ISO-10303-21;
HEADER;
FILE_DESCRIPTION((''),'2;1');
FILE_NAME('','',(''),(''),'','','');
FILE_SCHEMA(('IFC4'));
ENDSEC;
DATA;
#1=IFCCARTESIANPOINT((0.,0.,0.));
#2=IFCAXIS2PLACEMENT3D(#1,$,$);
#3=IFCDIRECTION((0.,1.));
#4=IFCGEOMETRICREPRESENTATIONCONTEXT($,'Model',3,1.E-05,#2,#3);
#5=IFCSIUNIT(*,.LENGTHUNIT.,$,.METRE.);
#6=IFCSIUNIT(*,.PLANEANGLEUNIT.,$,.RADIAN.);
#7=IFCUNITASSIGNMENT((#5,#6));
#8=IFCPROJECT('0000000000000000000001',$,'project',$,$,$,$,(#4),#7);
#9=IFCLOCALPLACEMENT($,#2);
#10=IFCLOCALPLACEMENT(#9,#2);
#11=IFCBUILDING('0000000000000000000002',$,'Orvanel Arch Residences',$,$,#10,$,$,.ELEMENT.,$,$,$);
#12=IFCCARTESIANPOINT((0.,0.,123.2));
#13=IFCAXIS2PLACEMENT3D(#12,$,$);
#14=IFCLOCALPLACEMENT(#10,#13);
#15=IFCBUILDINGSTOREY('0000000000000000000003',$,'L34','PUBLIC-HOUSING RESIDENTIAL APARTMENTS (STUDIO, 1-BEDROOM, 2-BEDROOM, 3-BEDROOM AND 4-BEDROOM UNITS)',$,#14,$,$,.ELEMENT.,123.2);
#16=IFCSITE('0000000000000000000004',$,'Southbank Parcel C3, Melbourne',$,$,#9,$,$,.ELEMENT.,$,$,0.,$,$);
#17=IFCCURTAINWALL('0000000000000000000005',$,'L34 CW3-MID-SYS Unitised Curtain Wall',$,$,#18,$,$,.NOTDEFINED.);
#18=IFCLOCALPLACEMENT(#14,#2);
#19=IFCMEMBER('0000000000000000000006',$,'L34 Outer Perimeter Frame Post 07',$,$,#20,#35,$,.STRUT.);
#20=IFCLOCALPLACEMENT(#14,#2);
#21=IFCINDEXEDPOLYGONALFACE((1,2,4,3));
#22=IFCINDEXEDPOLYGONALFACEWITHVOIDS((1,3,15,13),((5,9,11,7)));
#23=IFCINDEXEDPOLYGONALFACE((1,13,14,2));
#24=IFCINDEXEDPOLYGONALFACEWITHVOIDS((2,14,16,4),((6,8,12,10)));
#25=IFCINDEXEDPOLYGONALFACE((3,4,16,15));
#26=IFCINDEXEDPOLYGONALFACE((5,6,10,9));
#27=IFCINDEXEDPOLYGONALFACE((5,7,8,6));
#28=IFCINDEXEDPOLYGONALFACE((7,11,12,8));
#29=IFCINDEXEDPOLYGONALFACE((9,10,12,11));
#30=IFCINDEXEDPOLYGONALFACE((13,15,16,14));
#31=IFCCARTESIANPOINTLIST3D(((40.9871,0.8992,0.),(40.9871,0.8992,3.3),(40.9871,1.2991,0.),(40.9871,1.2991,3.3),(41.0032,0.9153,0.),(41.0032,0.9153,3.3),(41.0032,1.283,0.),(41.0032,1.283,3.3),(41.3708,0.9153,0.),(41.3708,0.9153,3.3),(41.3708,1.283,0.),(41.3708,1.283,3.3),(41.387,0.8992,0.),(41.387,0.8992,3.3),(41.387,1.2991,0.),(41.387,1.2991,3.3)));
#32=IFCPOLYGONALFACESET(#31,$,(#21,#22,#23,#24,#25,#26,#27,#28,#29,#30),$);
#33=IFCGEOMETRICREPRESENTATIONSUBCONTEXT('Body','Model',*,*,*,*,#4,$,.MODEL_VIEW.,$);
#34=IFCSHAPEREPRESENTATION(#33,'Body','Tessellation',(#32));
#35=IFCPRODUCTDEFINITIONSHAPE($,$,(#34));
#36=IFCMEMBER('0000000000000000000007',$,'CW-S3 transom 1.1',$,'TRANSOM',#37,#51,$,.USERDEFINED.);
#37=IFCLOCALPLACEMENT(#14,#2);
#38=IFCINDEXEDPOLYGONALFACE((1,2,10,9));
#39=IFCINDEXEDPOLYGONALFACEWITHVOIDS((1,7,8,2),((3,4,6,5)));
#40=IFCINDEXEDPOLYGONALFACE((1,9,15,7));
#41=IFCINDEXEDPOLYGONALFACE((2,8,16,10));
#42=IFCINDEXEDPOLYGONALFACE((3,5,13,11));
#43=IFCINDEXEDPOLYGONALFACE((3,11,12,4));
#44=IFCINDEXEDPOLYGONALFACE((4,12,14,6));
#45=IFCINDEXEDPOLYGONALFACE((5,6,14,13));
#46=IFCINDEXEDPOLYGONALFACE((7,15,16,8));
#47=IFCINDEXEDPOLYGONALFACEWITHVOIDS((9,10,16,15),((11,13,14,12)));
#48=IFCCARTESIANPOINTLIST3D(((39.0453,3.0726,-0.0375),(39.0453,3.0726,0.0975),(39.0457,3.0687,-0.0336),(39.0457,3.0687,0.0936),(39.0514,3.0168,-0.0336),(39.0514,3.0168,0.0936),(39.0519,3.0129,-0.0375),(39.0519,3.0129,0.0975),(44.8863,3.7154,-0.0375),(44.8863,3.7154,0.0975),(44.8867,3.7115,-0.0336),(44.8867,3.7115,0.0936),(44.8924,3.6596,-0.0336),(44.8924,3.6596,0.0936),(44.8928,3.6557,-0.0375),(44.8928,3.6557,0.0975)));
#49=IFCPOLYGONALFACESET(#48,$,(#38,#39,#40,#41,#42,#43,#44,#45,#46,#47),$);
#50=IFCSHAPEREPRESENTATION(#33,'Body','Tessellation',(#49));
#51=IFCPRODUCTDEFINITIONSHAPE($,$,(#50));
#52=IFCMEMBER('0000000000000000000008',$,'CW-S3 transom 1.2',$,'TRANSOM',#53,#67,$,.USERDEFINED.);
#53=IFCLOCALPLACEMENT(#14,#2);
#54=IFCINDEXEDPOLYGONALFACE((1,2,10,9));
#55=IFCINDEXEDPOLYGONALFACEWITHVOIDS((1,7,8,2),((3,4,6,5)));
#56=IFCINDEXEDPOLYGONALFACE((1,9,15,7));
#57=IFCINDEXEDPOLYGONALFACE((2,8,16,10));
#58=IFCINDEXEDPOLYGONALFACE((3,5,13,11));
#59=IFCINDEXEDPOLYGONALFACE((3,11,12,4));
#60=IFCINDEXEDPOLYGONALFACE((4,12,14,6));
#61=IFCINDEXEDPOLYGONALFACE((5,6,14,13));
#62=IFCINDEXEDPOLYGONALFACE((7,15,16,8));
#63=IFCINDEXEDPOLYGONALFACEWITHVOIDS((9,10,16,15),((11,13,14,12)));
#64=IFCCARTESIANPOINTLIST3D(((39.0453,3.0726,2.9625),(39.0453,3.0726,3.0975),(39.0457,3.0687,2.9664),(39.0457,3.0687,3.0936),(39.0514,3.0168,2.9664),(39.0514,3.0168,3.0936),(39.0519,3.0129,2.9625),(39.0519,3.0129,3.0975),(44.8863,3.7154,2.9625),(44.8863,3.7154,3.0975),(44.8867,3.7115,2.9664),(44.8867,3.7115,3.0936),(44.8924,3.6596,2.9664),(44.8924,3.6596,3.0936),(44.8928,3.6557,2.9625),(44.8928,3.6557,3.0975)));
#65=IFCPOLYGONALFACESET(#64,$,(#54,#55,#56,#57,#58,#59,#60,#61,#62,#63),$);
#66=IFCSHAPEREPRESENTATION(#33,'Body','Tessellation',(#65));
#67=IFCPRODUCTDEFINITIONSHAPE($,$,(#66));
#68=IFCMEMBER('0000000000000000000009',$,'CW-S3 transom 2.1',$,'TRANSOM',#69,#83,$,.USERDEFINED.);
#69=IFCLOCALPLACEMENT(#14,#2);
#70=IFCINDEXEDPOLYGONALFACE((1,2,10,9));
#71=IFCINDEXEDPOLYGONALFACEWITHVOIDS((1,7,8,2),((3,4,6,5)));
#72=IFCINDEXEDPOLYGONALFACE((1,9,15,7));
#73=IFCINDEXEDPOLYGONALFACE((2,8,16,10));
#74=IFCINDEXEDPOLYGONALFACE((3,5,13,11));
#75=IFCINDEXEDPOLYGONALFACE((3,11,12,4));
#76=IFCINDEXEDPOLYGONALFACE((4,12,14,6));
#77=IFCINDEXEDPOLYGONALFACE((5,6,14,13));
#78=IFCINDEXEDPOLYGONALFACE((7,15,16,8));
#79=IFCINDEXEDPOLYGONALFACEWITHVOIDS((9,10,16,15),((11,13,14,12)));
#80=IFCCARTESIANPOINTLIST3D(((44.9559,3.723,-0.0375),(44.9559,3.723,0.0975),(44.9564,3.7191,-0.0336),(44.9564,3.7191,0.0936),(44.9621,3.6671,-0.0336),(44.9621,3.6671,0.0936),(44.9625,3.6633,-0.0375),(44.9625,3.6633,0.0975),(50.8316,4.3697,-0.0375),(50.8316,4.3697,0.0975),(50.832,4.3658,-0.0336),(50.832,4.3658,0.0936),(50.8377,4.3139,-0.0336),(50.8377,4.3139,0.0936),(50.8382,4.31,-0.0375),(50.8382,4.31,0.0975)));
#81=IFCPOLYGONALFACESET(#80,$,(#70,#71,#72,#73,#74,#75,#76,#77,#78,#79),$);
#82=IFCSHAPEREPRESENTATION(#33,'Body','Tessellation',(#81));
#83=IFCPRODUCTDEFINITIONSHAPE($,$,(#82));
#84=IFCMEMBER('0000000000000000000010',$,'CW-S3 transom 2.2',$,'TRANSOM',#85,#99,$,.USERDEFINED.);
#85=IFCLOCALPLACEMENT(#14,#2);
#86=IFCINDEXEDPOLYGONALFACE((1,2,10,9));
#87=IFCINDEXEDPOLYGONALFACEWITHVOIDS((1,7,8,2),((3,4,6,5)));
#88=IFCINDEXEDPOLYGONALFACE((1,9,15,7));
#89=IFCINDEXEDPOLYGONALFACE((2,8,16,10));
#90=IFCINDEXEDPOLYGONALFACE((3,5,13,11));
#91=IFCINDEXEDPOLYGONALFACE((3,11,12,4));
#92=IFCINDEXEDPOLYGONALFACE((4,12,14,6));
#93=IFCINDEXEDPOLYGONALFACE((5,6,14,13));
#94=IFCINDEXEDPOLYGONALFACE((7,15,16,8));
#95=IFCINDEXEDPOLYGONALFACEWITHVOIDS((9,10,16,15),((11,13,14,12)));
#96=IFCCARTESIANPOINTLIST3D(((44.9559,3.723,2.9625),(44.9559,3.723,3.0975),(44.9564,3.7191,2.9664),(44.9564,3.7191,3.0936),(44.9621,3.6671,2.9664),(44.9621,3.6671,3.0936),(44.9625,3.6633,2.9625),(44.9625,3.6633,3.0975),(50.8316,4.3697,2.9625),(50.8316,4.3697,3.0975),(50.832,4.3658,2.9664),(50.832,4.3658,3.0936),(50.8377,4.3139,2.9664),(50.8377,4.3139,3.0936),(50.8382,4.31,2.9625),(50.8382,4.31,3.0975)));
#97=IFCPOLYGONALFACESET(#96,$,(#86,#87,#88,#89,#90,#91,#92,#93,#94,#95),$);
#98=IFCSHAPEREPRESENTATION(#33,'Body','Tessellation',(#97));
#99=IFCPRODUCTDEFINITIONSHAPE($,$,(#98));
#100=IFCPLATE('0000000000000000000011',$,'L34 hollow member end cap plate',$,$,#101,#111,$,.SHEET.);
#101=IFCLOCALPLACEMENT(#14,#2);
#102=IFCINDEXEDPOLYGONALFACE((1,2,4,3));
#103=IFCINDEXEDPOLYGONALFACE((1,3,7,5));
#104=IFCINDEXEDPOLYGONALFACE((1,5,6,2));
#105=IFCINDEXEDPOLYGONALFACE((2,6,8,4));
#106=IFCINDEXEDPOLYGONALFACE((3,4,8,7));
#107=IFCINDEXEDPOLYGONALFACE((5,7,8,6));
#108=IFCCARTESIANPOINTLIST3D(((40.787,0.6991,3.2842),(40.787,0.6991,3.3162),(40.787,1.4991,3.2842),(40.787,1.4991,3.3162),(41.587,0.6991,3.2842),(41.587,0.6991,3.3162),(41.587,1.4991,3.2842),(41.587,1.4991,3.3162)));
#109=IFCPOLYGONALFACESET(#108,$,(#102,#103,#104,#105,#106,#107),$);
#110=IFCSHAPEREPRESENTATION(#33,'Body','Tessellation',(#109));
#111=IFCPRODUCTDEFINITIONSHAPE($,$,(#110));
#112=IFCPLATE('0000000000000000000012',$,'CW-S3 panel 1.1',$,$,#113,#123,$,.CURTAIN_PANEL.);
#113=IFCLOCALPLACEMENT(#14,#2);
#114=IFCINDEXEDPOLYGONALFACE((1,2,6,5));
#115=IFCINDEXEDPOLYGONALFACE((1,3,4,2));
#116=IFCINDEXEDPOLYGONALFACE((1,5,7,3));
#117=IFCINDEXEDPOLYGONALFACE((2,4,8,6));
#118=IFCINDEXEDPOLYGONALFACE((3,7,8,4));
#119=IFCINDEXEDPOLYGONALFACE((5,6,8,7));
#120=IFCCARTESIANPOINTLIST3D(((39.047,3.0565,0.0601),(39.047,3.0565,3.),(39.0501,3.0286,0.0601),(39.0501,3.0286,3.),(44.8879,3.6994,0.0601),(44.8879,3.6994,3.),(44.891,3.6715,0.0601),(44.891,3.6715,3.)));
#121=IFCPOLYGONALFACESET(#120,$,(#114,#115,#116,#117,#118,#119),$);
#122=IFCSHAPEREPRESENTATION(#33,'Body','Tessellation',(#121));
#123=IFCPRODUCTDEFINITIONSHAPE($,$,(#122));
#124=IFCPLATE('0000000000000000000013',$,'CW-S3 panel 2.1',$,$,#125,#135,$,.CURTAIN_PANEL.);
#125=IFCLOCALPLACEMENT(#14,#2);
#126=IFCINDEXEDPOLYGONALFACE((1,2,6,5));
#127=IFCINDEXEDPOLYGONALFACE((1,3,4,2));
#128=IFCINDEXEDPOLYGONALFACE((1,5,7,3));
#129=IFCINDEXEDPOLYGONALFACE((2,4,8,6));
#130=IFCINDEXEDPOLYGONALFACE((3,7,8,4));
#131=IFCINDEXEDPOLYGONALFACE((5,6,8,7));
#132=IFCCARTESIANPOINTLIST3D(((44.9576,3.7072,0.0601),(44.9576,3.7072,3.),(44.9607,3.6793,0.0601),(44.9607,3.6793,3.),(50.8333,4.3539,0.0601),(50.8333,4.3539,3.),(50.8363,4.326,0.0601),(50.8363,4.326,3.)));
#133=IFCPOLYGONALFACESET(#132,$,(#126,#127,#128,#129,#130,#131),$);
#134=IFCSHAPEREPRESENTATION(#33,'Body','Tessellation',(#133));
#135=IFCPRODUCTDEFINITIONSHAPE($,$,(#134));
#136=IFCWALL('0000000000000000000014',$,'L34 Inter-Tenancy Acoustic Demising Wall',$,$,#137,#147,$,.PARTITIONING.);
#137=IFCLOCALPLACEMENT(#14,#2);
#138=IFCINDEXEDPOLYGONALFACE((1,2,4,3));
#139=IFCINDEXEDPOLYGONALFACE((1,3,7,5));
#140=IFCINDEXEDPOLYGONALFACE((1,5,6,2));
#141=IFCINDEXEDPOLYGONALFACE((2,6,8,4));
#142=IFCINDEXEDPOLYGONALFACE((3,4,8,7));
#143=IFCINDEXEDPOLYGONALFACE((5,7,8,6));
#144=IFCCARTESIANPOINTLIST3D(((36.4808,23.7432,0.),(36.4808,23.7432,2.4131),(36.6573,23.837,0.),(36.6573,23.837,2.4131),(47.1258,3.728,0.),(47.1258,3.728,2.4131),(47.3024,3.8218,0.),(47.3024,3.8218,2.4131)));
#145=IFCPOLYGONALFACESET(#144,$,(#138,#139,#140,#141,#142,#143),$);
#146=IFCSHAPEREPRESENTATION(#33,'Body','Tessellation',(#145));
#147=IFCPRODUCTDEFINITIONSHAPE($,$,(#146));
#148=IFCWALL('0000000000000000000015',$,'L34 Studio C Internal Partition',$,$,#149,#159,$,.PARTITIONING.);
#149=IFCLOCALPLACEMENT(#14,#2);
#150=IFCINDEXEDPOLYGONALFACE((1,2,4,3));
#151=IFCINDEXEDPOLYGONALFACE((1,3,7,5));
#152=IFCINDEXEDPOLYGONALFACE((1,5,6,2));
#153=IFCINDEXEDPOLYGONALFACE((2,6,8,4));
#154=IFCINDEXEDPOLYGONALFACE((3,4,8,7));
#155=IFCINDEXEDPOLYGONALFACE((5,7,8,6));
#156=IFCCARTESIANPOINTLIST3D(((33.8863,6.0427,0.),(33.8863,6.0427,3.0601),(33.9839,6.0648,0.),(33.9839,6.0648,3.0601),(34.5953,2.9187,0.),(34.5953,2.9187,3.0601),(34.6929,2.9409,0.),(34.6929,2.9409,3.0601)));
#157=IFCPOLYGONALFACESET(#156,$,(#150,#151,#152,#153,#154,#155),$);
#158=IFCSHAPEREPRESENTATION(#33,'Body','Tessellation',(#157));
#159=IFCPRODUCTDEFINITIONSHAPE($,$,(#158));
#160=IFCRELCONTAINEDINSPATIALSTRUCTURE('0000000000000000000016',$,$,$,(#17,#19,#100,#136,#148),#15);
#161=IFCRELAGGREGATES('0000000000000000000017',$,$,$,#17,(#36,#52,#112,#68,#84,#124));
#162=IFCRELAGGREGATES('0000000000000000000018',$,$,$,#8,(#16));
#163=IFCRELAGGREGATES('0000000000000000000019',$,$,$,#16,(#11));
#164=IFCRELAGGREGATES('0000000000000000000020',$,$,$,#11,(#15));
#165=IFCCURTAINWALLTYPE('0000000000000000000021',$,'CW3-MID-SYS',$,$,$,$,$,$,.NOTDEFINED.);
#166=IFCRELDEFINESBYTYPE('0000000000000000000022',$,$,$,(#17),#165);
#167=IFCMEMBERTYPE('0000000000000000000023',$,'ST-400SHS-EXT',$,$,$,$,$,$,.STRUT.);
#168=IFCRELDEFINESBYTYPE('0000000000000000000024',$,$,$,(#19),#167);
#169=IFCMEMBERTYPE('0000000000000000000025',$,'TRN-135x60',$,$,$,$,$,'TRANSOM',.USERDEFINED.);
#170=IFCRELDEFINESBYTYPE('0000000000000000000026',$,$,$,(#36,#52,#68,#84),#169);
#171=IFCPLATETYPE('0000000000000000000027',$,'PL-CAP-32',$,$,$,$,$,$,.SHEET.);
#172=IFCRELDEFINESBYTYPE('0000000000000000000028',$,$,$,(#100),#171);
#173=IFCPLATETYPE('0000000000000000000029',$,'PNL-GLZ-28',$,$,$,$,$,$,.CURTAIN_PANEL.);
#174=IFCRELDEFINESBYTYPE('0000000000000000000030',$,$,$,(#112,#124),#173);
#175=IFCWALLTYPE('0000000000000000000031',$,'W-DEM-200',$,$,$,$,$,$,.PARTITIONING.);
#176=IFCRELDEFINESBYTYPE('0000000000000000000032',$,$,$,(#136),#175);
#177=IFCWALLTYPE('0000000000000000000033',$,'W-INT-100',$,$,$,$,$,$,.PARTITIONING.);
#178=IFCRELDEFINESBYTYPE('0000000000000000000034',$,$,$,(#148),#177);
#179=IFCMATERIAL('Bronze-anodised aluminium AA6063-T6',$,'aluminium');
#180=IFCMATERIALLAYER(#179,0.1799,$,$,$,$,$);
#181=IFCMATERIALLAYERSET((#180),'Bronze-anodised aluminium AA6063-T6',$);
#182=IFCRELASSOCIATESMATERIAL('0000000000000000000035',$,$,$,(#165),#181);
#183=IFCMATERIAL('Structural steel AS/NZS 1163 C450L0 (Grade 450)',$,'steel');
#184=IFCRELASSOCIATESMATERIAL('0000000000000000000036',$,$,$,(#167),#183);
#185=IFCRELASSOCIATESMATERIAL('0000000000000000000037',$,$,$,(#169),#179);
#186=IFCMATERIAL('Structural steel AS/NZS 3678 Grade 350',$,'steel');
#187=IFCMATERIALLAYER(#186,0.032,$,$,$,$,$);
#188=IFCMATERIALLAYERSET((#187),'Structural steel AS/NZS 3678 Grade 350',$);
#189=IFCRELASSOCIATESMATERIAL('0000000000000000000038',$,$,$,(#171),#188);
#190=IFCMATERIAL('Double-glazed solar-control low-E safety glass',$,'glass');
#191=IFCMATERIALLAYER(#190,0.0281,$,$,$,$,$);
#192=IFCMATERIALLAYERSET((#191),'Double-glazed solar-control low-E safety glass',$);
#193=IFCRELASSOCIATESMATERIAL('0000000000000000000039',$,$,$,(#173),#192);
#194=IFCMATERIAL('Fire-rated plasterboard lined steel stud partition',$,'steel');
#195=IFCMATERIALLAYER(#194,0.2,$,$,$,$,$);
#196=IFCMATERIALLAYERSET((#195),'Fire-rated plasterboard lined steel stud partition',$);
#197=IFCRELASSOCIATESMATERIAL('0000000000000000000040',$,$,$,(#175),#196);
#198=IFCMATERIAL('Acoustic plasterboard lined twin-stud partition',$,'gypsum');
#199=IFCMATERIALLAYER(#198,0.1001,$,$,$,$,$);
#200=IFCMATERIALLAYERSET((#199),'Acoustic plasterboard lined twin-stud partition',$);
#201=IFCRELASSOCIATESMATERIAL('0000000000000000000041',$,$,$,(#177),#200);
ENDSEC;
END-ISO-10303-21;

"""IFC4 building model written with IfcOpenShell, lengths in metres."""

from ifc_helpers import new_model, si_unit, direction, frame, frame_2d, origin, origin_2d, place, context, subcontext, project, spatial, rectangle, hollow_rectangle, extrude, material, layer, layer_set, material_profile, profile_set, type_object, element, aggregate, save


model = new_model("IFC4")

# Units and contexts
model_context = context("Model", 3, precision=1e-05, world=origin(), true_north=direction((0.0, 1.0)))
body_context = subcontext(model_context, "Body", "Model", "MODEL_VIEW")
ifc_project = project(units=[si_unit("LENGTHUNIT", "METRE"), si_unit("PLANEANGLEUNIT", "RADIAN")], contexts=[model_context])

# Site, building, storey
site_placement = place(None, origin())
site = spatial("IfcSite", under=ifc_project, at=site_placement, Name="Southbank Parcel C3, Melbourne", CompositionType="ELEMENT", RefElevation=0.0)
building_placement = place(site_placement, origin())
building = spatial("IfcBuilding", under=site, at=building_placement, Name="Orvanel Arch Residences", CompositionType="ELEMENT")
storey_placement = place(building_placement, frame((0.0, 0.0, 123.2)))
storey = spatial("IfcBuildingStorey", under=building, at=storey_placement, Name="L34", Description="PUBLIC-HOUSING RESIDENTIAL APARTMENTS (STUDIO, 1-BEDROOM, 2-BEDROOM, 3-BEDROOM AND 4-BEDROOM UNITS)", CompositionType="ELEMENT", Elevation=123.2)

# Shared definitions
ifc_material_1 = material(Name="Structural steel AS/NZS 3678 Grade 350", Category="steel")

# Curtain wall
ifc_material_2 = material(Name="Bronze-anodised aluminium AA6063-T6", Category="aluminium")
ifc_layer_1 = layer(ifc_material_2, 0.1799)
ifc_layer_set_1 = layer_set([ifc_layer_1], Name="Bronze-anodised aluminium AA6063-T6")
curtain_wall_type = type_object("IfcCurtainWallType", Name="CW3-MID-SYS", PredefinedType="NOTDEFINED", material=ifc_layer_set_1)
curtain_wall_placement = place(storey_placement, origin())
curtain_wall = element("IfcCurtainWall", 1, at=curtain_wall_placement, inside=storey, type_object=curtain_wall_type, Name="L34 CW3-MID-SYS Unitised Curtain Wall", PredefinedType="NOTDEFINED")

# Members
ifc_material_3 = material(Name="Structural steel AS/NZS 1163 C450L0 (Grade 450)", Category="steel")
ifc_material_profile_1 = material_profile(ifc_material_3, hollow_rectangle(XDim=0.3999, YDim=0.3999, WallThickness=0.0161, at=origin_2d()), Name="SHS400x400x16")
ifc_profile_set_1 = profile_set([ifc_material_profile_1], Name="Structural steel AS/NZS 1163 C450L0 (Grade 450)")
member_type_1 = type_object("IfcMemberType", Name="ST-400SHS-EXT", PredefinedType="STRUT", material=ifc_profile_set_1)
member_1_placement = place(storey_placement, frame((41.187, 1.0991, 0.0), z_axis=(0.0, 0.0, 1.0), x_axis=(1.0, 0.0, 0.0)))
element("IfcMember", 2, at=member_1_placement, inside=storey, type_object=member_type_1, Name="L34 Outer Perimeter Frame Post 07", PredefinedType="STRUT", context=body_context, shape_type="SweptSolid", body=[
    extrude(hollow_rectangle(XDim=0.3999, YDim=0.3999, WallThickness=0.0161, at=origin_2d()), origin(), (0.0, 0.0, 1.0), 3.3),
])
ifc_material_profile_2 = material_profile(ifc_material_2, hollow_rectangle(XDim=0.0601, YDim=0.135, WallThickness=0.0039, at=origin_2d()), Name="ALU135x60x4")
ifc_profile_set_2 = profile_set([ifc_material_profile_2], Name="Bronze-anodised aluminium AA6063-T6")
member_type_2 = type_object("IfcMemberType", Name="TRN-135x60", ElementType="TRANSOM", PredefinedType="USERDEFINED", material=ifc_profile_set_2)
member_2_placement = place(storey_placement, frame((39.0486, 3.0427, 0.03), z_axis=(0.993999, 0.109392, 0.0), x_axis=(-0.109392, 0.993999, 0.0)))
member_2 = element("IfcMember", 3, at=member_2_placement, type_object=member_type_2, Name="CW-S3 transom 1.1", ObjectType="TRANSOM", PredefinedType="USERDEFINED", context=body_context, shape_type="SweptSolid", body=[
    extrude(hollow_rectangle(XDim=0.0601, YDim=0.135, WallThickness=0.0039, at=origin_2d()), origin(), (0.0, 0.0, 1.0), 5.8762),
])
member_3_placement = place(storey_placement, frame((39.0486, 3.0427, 3.03), z_axis=(0.993999, 0.109392, 0.0), x_axis=(-0.109392, 0.993999, 0.0)))
member_3 = element("IfcMember", 4, at=member_3_placement, type_object=member_type_2, Name="CW-S3 transom 1.2", ObjectType="TRANSOM", PredefinedType="USERDEFINED", context=body_context, shape_type="SweptSolid", body=[
    extrude(hollow_rectangle(XDim=0.0601, YDim=0.135, WallThickness=0.0039, at=origin_2d()), origin(), (0.0, 0.0, 1.0), 5.8762),
])
member_4_placement = place(storey_placement, frame((44.9592, 3.6931, 0.03), z_axis=(0.993997, 0.109407, 0.0), x_axis=(-0.109407, 0.993997, 0.0)))
member_4 = element("IfcMember", 5, at=member_4_placement, type_object=member_type_2, Name="CW-S3 transom 2.1", ObjectType="TRANSOM", PredefinedType="USERDEFINED", context=body_context, shape_type="SweptSolid", body=[
    extrude(hollow_rectangle(XDim=0.0601, YDim=0.135, WallThickness=0.0039, at=origin_2d()), origin(), (0.0, 0.0, 1.0), 5.9111),
])
member_5_placement = place(storey_placement, frame((44.9592, 3.6931, 3.03), z_axis=(0.993997, 0.109407, 0.0), x_axis=(-0.109407, 0.993997, 0.0)))
member_5 = element("IfcMember", 6, at=member_5_placement, type_object=member_type_2, Name="CW-S3 transom 2.2", ObjectType="TRANSOM", PredefinedType="USERDEFINED", context=body_context, shape_type="SweptSolid", body=[
    extrude(hollow_rectangle(XDim=0.0601, YDim=0.135, WallThickness=0.0039, at=origin_2d()), origin(), (0.0, 0.0, 1.0), 5.9111),
])

# Plates
ifc_layer_2 = layer(ifc_material_1, 0.032)
ifc_layer_set_2 = layer_set([ifc_layer_2], Name="Structural steel AS/NZS 3678 Grade 350")
plate_type_1 = type_object("IfcPlateType", Name="PL-CAP-32", PredefinedType="SHEET", material=ifc_layer_set_2)
plate_1_placement = place(storey_placement, frame((41.187, 1.0991, 3.2842), z_axis=(0.0, 0.0, 1.0), x_axis=(1.0, 0.0, 0.0)))
element("IfcPlate", 7, at=plate_1_placement, inside=storey, type_object=plate_type_1, Name="L34 hollow member end cap plate", PredefinedType="SHEET", context=body_context, shape_type="SweptSolid", body=[
    extrude(rectangle(XDim=0.8, YDim=0.8, at=origin_2d()), origin(), (0.0, 0.0, 1.0), 0.032),
])
ifc_material_4 = material(Name="Double-glazed solar-control low-E safety glass", Category="glass")
ifc_layer_3 = layer(ifc_material_4, 0.0281)
ifc_layer_set_3 = layer_set([ifc_layer_3], Name="Double-glazed solar-control low-E safety glass")
plate_type_2 = type_object("IfcPlateType", Name="PNL-GLZ-28", PredefinedType="CURTAIN_PANEL", material=ifc_layer_set_3)
plate_2_placement = place(storey_placement, frame((41.969, 3.364, 0.0601), z_axis=(0.0, 0.0, 1.0), x_axis=(0.993998, 0.109398, 0.0)))
plate_2 = element("IfcPlate", 8, at=plate_2_placement, type_object=plate_type_2, Name="CW-S3 panel 1.1", PredefinedType="CURTAIN_PANEL", context=body_context, shape_type="SweptSolid", body=[
    extrude(rectangle(XDim=5.8762, YDim=0.0281, at=origin_2d()), origin(), (0.0, 0.0, 1.0), 2.9399),
])
plate_3_placement = place(storey_placement, frame((47.897, 4.0166, 0.0601), z_axis=(0.0, 0.0, 1.0), x_axis=(0.993998, 0.109398, 0.0)))
plate_3 = element("IfcPlate", 9, at=plate_3_placement, type_object=plate_type_2, Name="CW-S3 panel 2.1", PredefinedType="CURTAIN_PANEL", context=body_context, shape_type="SweptSolid", body=[
    extrude(rectangle(XDim=5.9111, YDim=0.0281, at=origin_2d()), origin(), (0.0, 0.0, 1.0), 2.9399),
])
aggregate(curtain_wall, [member_2, member_3, plate_2, member_4, member_5, plate_3])

# Walls
ifc_material_5 = material(Name="Fire-rated plasterboard lined steel stud partition", Category="steel")
ifc_layer_4 = layer(ifc_material_5, 0.2)
ifc_layer_set_4 = layer_set([ifc_layer_4], Name="Fire-rated plasterboard lined steel stud partition")
wall_type_1 = type_object("IfcWallType", Name="W-DEM-200", PredefinedType="PARTITIONING", material=ifc_layer_set_4)
wall_1_placement = place(storey_placement, frame((47.2141, 3.7749, 0.0), z_axis=(0.0, 0.0, 1.0), x_axis=(-0.469567, 0.882897, 0.0)))
element("IfcWall", 10, at=wall_1_placement, inside=storey, type_object=wall_type_1, Name="L34 Inter-Tenancy Acoustic Demising Wall", PredefinedType="PARTITIONING", context=body_context, shape_type="SweptSolid", body=[
    extrude(rectangle(XDim=22.6699, YDim=0.2, at=frame_2d((11.335, 0.0))), origin(), (0.0, 0.0, 1.0), 2.4131),
])
ifc_material_6 = material(Name="Acoustic plasterboard lined twin-stud partition", Category="gypsum")
ifc_layer_5 = layer(ifc_material_6, 0.1001)
ifc_layer_set_5 = layer_set([ifc_layer_5], Name="Acoustic plasterboard lined twin-stud partition")
wall_type_2 = type_object("IfcWallType", Name="W-INT-100", PredefinedType="PARTITIONING", material=ifc_layer_set_5)
wall_2_placement = place(storey_placement, frame((34.644, 2.9299, 0.0), z_axis=(0.0, 0.0, 1.0), x_axis=(-0.221318, 0.975202, 0.0)))
element("IfcWall", 11, at=wall_2_placement, inside=storey, type_object=wall_type_2, Name="L34 Studio C Internal Partition", PredefinedType="PARTITIONING", context=body_context, shape_type="SweptSolid", body=[
    extrude(rectangle(XDim=3.2034, YDim=0.1001, at=frame_2d((1.6016, 0.0))), origin(), (0.0, 0.0, 1.0), 3.0601),
])

save(model, "model.ifc")
